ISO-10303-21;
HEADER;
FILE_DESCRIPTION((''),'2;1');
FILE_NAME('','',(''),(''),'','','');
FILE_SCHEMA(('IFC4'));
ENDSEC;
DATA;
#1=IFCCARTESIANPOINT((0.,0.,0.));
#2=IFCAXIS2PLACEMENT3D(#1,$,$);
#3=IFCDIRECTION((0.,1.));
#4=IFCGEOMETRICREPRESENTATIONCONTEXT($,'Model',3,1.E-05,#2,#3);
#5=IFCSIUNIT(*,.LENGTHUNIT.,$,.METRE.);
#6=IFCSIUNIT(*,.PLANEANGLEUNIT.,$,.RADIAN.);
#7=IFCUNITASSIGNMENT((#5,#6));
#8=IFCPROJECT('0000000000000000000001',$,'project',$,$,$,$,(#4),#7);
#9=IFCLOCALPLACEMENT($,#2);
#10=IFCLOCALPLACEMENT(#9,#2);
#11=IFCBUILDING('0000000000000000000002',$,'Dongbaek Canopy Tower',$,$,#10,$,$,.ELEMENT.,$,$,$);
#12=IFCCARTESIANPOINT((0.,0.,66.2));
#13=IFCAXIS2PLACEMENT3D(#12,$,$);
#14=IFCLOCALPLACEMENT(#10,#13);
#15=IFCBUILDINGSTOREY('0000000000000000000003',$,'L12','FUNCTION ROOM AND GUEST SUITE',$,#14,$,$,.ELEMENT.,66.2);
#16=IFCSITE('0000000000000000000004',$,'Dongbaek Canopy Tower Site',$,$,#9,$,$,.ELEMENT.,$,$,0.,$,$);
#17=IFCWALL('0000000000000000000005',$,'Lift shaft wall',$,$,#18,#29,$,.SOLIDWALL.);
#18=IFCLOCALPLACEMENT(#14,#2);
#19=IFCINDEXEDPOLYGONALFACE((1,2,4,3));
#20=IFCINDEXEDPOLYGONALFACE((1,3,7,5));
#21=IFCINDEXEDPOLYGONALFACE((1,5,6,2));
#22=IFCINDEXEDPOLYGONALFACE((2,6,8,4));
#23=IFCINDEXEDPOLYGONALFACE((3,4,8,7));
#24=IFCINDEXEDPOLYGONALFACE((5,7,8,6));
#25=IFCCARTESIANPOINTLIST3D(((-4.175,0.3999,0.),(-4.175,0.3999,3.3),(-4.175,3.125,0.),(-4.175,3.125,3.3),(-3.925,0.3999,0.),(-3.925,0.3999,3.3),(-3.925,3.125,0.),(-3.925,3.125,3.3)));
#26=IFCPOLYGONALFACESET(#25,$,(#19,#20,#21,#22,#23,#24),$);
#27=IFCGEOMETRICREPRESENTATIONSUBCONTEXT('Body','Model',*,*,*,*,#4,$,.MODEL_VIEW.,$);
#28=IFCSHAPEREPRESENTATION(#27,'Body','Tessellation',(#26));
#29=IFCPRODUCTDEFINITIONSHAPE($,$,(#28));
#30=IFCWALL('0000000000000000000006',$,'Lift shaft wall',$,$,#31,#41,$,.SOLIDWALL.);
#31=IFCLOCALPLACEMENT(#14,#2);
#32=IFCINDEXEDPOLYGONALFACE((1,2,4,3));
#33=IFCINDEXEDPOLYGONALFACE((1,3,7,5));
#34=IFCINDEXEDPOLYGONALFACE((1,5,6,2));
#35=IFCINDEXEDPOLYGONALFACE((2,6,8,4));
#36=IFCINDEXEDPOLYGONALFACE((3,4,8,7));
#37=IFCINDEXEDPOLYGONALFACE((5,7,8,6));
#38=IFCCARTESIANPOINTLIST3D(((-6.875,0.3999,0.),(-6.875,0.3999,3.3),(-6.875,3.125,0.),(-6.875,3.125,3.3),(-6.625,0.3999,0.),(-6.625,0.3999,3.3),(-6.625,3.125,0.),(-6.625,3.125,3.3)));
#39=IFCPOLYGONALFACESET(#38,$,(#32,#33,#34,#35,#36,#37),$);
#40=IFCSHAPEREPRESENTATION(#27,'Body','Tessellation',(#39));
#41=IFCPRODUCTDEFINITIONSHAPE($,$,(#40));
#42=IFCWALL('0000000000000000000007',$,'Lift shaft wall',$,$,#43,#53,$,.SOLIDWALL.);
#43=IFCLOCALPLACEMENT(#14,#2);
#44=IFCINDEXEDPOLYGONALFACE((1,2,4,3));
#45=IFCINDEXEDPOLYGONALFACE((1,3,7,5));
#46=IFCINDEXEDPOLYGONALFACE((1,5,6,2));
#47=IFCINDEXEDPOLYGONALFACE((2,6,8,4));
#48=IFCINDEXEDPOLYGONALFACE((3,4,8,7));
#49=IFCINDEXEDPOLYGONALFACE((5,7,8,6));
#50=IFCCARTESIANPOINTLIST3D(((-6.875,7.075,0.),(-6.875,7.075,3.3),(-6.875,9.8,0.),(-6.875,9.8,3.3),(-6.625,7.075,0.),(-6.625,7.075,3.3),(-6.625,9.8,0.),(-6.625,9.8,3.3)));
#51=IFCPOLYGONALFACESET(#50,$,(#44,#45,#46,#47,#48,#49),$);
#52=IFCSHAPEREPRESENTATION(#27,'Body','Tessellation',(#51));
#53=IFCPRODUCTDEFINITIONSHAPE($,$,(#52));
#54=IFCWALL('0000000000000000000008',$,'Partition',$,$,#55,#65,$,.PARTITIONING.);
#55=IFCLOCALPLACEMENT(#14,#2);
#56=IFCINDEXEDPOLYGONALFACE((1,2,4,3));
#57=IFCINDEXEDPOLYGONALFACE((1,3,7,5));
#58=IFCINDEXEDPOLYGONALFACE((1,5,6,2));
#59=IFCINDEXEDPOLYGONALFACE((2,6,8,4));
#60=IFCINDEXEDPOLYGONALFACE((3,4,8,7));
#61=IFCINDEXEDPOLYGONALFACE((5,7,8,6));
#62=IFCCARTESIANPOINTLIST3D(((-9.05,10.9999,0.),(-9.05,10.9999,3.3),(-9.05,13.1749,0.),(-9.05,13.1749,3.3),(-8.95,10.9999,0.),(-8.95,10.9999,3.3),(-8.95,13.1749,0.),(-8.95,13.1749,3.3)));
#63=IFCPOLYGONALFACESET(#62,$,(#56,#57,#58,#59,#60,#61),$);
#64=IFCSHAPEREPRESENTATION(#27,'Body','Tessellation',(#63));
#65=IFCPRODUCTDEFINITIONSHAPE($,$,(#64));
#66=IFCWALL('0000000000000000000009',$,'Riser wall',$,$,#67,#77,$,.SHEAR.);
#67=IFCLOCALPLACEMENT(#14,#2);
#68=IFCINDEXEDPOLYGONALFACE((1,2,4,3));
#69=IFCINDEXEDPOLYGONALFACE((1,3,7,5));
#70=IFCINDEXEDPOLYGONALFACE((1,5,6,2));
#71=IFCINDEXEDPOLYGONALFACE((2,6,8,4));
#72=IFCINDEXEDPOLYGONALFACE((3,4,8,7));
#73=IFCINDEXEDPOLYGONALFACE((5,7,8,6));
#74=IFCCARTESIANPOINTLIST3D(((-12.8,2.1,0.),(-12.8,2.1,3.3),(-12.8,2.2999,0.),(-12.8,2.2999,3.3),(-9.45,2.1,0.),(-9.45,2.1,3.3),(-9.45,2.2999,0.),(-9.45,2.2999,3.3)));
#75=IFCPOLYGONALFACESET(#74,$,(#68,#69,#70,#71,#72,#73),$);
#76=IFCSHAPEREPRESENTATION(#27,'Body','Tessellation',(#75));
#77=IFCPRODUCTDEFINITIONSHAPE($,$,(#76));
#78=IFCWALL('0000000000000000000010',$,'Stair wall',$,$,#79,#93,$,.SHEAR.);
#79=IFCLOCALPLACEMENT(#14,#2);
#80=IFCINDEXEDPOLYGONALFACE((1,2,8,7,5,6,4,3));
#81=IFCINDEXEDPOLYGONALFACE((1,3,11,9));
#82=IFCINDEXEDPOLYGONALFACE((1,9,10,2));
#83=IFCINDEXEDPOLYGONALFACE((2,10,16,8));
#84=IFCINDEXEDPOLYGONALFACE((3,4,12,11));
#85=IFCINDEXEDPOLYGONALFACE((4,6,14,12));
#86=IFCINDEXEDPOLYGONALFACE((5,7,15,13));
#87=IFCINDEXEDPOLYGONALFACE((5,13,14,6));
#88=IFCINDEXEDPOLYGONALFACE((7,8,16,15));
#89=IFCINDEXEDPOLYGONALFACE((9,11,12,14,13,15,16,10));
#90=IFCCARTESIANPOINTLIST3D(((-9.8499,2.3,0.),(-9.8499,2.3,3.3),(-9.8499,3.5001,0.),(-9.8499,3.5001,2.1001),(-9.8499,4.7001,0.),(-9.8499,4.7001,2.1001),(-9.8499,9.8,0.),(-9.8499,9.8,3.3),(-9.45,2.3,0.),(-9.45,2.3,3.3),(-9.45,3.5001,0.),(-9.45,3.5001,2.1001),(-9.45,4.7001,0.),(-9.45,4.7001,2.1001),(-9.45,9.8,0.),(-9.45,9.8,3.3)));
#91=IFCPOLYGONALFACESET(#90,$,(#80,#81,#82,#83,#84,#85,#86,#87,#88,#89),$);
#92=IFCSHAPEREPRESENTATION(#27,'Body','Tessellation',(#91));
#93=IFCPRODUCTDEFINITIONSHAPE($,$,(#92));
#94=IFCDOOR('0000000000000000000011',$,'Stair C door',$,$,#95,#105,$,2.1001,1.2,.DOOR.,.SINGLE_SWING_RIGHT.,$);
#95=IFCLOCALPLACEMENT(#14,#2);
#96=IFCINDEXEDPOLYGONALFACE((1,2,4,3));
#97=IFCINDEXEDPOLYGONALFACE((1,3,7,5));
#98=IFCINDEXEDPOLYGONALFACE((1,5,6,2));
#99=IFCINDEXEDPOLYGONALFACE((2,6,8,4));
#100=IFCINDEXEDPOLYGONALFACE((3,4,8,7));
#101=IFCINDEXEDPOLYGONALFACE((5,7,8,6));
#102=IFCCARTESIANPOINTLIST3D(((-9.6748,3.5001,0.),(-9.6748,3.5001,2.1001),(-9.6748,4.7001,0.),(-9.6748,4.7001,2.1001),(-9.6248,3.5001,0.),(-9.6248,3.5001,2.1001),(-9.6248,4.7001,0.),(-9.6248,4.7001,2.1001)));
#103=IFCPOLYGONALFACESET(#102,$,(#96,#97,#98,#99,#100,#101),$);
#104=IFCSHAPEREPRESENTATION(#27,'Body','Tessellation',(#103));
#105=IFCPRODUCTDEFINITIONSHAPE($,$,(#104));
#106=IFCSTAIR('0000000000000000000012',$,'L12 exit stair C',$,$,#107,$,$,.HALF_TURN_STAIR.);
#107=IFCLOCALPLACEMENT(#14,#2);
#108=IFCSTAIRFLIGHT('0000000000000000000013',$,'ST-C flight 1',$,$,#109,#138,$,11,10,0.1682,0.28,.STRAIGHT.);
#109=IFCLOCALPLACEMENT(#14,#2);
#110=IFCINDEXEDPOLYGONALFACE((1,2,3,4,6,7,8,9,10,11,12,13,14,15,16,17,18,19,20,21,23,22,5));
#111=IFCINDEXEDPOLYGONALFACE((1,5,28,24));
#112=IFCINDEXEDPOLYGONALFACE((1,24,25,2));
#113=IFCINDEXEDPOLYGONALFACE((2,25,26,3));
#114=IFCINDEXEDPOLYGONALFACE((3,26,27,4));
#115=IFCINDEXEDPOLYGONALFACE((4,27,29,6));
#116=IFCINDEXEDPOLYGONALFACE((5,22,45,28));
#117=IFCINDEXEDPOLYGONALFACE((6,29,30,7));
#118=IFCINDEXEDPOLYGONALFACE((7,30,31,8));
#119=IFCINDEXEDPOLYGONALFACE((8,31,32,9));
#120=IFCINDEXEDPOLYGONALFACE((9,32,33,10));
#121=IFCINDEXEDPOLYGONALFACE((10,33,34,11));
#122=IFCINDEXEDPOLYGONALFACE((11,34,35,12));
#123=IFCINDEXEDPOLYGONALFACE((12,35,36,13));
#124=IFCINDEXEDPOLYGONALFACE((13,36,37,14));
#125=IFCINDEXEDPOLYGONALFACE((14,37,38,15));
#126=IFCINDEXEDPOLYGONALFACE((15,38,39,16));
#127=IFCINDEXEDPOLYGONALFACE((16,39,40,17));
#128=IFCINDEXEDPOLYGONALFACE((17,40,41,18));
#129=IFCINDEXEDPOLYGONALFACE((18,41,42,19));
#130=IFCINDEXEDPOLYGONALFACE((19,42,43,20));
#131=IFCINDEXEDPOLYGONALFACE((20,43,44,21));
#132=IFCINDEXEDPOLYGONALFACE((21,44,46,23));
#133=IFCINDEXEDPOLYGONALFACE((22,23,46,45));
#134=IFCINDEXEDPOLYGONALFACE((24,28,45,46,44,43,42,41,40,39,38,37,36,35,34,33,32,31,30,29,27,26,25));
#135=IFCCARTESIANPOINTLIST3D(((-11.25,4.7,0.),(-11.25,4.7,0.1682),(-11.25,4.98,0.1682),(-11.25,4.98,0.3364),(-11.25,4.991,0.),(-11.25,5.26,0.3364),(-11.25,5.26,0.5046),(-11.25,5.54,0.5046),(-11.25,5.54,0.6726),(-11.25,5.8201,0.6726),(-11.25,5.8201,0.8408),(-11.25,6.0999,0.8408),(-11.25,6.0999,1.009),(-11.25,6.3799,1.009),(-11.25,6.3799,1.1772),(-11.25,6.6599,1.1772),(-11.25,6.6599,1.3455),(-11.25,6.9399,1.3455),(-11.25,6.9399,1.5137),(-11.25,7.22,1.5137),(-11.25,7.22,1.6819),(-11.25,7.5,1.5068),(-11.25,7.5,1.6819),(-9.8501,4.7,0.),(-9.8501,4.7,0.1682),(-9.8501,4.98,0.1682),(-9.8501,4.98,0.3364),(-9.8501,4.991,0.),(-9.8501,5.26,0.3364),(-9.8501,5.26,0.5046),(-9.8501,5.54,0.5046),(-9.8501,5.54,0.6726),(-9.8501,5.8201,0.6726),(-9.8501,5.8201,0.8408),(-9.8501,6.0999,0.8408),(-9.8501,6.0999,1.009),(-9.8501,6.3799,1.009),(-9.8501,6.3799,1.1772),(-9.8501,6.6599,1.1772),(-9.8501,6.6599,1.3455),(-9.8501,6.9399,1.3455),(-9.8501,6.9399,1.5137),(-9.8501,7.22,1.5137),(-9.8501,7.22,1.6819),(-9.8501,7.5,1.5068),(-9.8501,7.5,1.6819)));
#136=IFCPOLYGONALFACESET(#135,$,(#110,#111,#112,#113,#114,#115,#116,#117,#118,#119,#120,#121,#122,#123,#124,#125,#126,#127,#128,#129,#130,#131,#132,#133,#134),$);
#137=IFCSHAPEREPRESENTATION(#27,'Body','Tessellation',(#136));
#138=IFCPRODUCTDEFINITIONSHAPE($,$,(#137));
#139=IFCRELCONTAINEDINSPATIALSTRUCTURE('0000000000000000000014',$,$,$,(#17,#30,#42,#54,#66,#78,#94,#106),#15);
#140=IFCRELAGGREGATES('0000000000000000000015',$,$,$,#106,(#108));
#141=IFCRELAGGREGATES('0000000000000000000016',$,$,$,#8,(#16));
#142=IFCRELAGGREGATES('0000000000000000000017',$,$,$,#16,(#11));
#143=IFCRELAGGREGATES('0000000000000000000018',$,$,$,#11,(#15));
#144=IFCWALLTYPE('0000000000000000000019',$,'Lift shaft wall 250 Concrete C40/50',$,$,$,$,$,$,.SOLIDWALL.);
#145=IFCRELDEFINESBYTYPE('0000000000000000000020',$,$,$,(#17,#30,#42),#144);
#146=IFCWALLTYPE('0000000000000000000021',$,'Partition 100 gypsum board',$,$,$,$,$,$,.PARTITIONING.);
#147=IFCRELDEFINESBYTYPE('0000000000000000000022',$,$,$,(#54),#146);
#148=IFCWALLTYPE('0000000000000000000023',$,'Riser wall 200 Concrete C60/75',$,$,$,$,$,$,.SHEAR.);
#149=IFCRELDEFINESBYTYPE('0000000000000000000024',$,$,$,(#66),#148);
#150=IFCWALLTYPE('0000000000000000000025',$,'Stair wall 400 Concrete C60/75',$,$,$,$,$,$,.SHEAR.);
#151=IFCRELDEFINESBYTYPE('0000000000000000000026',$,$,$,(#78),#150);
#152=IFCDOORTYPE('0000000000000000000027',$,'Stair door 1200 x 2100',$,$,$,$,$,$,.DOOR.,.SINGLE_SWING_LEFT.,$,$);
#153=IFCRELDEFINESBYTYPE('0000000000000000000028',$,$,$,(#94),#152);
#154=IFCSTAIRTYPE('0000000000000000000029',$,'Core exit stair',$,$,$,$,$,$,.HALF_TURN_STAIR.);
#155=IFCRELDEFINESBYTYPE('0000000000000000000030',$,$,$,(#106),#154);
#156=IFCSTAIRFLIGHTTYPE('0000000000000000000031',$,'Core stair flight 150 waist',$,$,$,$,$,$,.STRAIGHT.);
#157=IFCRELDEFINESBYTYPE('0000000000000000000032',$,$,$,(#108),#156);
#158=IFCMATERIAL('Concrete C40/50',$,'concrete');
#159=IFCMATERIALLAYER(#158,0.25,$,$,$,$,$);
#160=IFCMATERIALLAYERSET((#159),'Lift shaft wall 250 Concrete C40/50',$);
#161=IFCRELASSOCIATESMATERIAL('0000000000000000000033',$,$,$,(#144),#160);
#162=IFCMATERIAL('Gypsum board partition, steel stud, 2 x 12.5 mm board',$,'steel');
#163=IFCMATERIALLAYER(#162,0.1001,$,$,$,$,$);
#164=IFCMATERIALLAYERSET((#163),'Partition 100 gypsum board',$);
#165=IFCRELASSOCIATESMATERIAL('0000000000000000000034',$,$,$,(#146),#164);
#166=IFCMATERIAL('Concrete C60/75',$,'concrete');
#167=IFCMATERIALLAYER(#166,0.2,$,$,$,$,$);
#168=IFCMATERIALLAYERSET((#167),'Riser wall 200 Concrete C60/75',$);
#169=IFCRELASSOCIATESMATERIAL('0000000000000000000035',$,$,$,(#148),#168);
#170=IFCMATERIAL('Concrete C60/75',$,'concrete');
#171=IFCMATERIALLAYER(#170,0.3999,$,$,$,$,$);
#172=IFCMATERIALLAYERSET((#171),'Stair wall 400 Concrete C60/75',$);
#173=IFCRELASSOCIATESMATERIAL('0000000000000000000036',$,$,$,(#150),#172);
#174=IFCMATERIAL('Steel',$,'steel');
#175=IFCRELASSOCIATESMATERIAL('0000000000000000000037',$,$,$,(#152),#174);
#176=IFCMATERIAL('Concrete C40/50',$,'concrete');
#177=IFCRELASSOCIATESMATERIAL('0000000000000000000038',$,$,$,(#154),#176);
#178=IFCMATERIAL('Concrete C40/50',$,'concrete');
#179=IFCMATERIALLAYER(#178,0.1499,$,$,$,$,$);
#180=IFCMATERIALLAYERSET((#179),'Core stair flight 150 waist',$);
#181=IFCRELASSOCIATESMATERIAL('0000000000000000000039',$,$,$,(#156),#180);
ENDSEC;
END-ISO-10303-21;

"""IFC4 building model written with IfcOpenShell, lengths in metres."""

from ifc_helpers import new_model, si_unit, direction, frame, frame_2d, origin, place, context, subcontext, project, spatial, polyline, rectangle, outline, extrude, material, layer, layer_set, type_object, element, fill, aggregate, save


model = new_model("IFC4")

# Units and contexts
model_context = context("Model", 3, precision=1e-05, world=origin(), true_north=direction((0.0, 1.0)))
body_context = subcontext(model_context, "Body", "Model", "MODEL_VIEW")
ifc_project = project(units=[si_unit("LENGTHUNIT", "METRE"), si_unit("PLANEANGLEUNIT", "RADIAN")], contexts=[model_context])

# Site, building, storey
site_placement = place(None, origin())
site = spatial("IfcSite", under=ifc_project, at=site_placement, Name="Dongbaek Canopy Tower Site", CompositionType="ELEMENT", RefElevation=0.0)
building_placement = place(site_placement, origin())
building = spatial("IfcBuilding", under=site, at=building_placement, Name="Dongbaek Canopy Tower", CompositionType="ELEMENT")
storey_placement = place(building_placement, frame((0.0, 0.0, 66.2)))
storey = spatial("IfcBuildingStorey", under=building, at=storey_placement, Name="L12", Description="FUNCTION ROOM AND GUEST SUITE", CompositionType="ELEMENT", Elevation=66.2)

# Walls
ifc_material_1 = material(Name="Concrete C40/50", Category="concrete")
ifc_layer_1 = layer(ifc_material_1, 0.25)
ifc_layer_set_1 = layer_set([ifc_layer_1], Name="Lift shaft wall 250 Concrete C40/50")
wall_type_1 = type_object("IfcWallType", Name="Lift shaft wall 250 Concrete C40/50", PredefinedType="SOLIDWALL", material=ifc_layer_set_1)
for number, where, z_axis, x_axis, name in (
    (1, (-4.05, 0.3999, 0.0), (0.0, 0.0, 1.0), (0.0, 1.0, 0.0), "Lift shaft wall"),
    (2, (-6.75, 0.3999, 0.0), (0.0, 0.0, 1.0), (0.0, 1.0, 0.0), "Lift shaft wall"),
    (3, (-6.75, 7.075, 0.0), (0.0, 0.0, 1.0), (0.0, 1.0, 0.0), "Lift shaft wall"),
):
    element("IfcWall", number, at=place(storey_placement, frame(where, z_axis=z_axis, x_axis=x_axis)), inside=storey, type_object=wall_type_1, Name=name, PredefinedType="SOLIDWALL", context=body_context, shape_type="SweptSolid", body=[
        extrude(rectangle(XDim=2.7251, YDim=0.25, at=frame_2d((1.3625, 0.0))), origin(), (0.0, 0.0, 1.0), 3.3),
    ])
ifc_material_2 = material(Name="Gypsum board partition, steel stud, 2 x 12.5 mm board", Category="steel")
ifc_layer_2 = layer(ifc_material_2, 0.1001)
ifc_layer_set_2 = layer_set([ifc_layer_2], Name="Partition 100 gypsum board")
wall_type_2 = type_object("IfcWallType", Name="Partition 100 gypsum board", PredefinedType="PARTITIONING", material=ifc_layer_set_2)
wall_1_placement = place(storey_placement, frame((-9.0, 11.0, 0.0), z_axis=(0.0, 0.0, 1.0), x_axis=(0.0, 1.0, 0.0)))
element("IfcWall", 4, at=wall_1_placement, inside=storey, type_object=wall_type_2, Name="Partition", PredefinedType="PARTITIONING", context=body_context, shape_type="SweptSolid", body=[
    extrude(rectangle(XDim=2.175, YDim=0.1001, at=frame_2d((1.0874, 0.0))), origin(), (0.0, 0.0, 1.0), 3.3),
])
ifc_material_3 = material(Name="Concrete C60/75", Category="concrete")
ifc_layer_3 = layer(ifc_material_3, 0.2)
ifc_layer_set_3 = layer_set([ifc_layer_3], Name="Riser wall 200 Concrete C60/75")
wall_type_3 = type_object("IfcWallType", Name="Riser wall 200 Concrete C60/75", PredefinedType="SHEAR", material=ifc_layer_set_3)
wall_2_placement = place(storey_placement, frame((-9.45, 2.2, 0.0), z_axis=(0.0, 0.0, 1.0), x_axis=(-1.0, 0.0, 0.0)))
element("IfcWall", 5, at=wall_2_placement, inside=storey, type_object=wall_type_3, Name="Riser wall", PredefinedType="SHEAR", context=body_context, shape_type="SweptSolid", body=[
    extrude(rectangle(XDim=3.3501, YDim=0.2, at=frame_2d((1.675, 0.0))), origin(), (0.0, 0.0, 1.0), 3.3),
])

# Wall, opening, door
ifc_material_4 = material(Name="Concrete C60/75", Category="concrete")
ifc_layer_4 = layer(ifc_material_4, 0.3999)
ifc_layer_set_4 = layer_set([ifc_layer_4], Name="Stair wall 400 Concrete C60/75")
wall_type_4 = type_object("IfcWallType", Name="Stair wall 400 Concrete C60/75", PredefinedType="SHEAR", material=ifc_layer_set_4)
wall_3_placement = place(storey_placement, frame((-9.6499, 2.3, 0.0), z_axis=(0.0, 0.0, 1.0), x_axis=(0.0, 1.0, 0.0)))
wall_3 = element("IfcWall", 6, at=wall_3_placement, inside=storey, type_object=wall_type_4, Name="Stair wall", PredefinedType="SHEAR", context=body_context, shape_type="SweptSolid", body=[
    extrude(rectangle(XDim=7.5, YDim=0.3999, at=frame_2d((3.75, 0.0))), origin(), (0.0, 0.0, 1.0), 3.3),
])
opening_1_placement = place(wall_3_placement, frame((1.2, 0.0, 0.0)))
opening_1 = element("IfcOpeningElement", 7, at=opening_1_placement, cuts=wall_3, PredefinedType="OPENING", context=body_context, shape_type="SweptSolid", body=[
    extrude(rectangle(XDim=1.2, YDim=2.1001, at=frame_2d((0.6001, 1.05))), frame((0.0, 0.21, 0.0), z_axis=(0.0, -1.0, 0.0), x_axis=(1.0, 0.0, 0.0)), (0.0, 0.0, 1.0), 0.4199),
])
ifc_material_5 = material(Name="Steel", Category="steel")
door_type_1 = type_object("IfcDoorType", Name="Stair door 1200 x 2100", OperationType="SINGLE_SWING_LEFT", PredefinedType="DOOR", material=ifc_material_5)
door_1_placement = place(opening_1_placement, origin())
door_1 = element("IfcDoor", 8, at=door_1_placement, inside=storey, type_object=door_type_1, Name="Stair C door", OperationType="SINGLE_SWING_RIGHT", OverallHeight=2.1001, OverallWidth=1.2, PredefinedType="DOOR", context=body_context, shape_type="SweptSolid", body=[
    extrude(rectangle(XDim=1.2, YDim=2.1001, at=frame_2d((0.6001, 1.05))), frame((0.0, 0.0249, 0.0), z_axis=(0.0, -1.0, 0.0), x_axis=(1.0, 0.0, 0.0)), (0.0, 0.0, 1.0), 0.05),
])
fill(opening_1, door_1)

# Stair, stair flight
ifc_material_6 = material(Name="Concrete C40/50", Category="concrete")
stair_type = type_object("IfcStairType", Name="Core exit stair", PredefinedType="HALF_TURN_STAIR", material=ifc_material_6)
stair_placement = place(storey_placement, origin())
stair = element("IfcStair", 9, at=stair_placement, inside=storey, type_object=stair_type, Name="L12 exit stair C", PredefinedType="HALF_TURN_STAIR")
ifc_material_7 = material(Name="Concrete C40/50", Category="concrete")
ifc_layer_5 = layer(ifc_material_7, 0.1499)
ifc_layer_set_5 = layer_set([ifc_layer_5], Name="Core stair flight 150 waist")
stair_flight_type = type_object("IfcStairFlightType", Name="Core stair flight 150 waist", PredefinedType="STRAIGHT", material=ifc_layer_set_5)
stair_flight_placement = place(storey_placement, frame((-10.55, 4.7, 0.0), z_axis=(0.0, 0.0, 1.0), x_axis=(0.0, 1.0, 0.0)))
stair_flight = element("IfcStairFlight", 10, at=stair_flight_placement, type_object=stair_flight_type, Name="ST-C flight 1", NumberOfRisers=11, NumberOfTreads=10, PredefinedType="STRAIGHT", RiserHeight=0.1682, TreadLength=0.28, context=body_context, shape_type="SweptSolid", body=[
    extrude(outline(polyline([(0.0, 0.0), (0.0, 0.1682), (0.28, 0.1682), (0.28, 0.3364), (0.5601, 0.3364), (0.5601, 0.5046), (0.8401, 0.5046), (0.8401, 0.6726), (1.1201, 0.6726), (1.1201, 0.8408), (1.3999, 0.8408), (1.3999, 1.009), (1.6799, 1.009), (1.6799, 1.1772), (1.96, 1.1772), (1.96, 1.3455), (2.24, 1.3455), (2.24, 1.5137), (2.52, 1.5137), (2.52, 1.6819), (2.8, 1.6819), (2.8, 1.8501), (2.8, 1.5068), (0.291, 0.0), (0.0, 0.0)])), frame((0.0, 0.7, 0.0), z_axis=(0.0, -1.0, 0.0), x_axis=(1.0, 0.0, 0.0)), (0.0, 0.0, 1.0), 1.3999),
])
aggregate(stair, [stair_flight])

save(model, "model.ifc")
